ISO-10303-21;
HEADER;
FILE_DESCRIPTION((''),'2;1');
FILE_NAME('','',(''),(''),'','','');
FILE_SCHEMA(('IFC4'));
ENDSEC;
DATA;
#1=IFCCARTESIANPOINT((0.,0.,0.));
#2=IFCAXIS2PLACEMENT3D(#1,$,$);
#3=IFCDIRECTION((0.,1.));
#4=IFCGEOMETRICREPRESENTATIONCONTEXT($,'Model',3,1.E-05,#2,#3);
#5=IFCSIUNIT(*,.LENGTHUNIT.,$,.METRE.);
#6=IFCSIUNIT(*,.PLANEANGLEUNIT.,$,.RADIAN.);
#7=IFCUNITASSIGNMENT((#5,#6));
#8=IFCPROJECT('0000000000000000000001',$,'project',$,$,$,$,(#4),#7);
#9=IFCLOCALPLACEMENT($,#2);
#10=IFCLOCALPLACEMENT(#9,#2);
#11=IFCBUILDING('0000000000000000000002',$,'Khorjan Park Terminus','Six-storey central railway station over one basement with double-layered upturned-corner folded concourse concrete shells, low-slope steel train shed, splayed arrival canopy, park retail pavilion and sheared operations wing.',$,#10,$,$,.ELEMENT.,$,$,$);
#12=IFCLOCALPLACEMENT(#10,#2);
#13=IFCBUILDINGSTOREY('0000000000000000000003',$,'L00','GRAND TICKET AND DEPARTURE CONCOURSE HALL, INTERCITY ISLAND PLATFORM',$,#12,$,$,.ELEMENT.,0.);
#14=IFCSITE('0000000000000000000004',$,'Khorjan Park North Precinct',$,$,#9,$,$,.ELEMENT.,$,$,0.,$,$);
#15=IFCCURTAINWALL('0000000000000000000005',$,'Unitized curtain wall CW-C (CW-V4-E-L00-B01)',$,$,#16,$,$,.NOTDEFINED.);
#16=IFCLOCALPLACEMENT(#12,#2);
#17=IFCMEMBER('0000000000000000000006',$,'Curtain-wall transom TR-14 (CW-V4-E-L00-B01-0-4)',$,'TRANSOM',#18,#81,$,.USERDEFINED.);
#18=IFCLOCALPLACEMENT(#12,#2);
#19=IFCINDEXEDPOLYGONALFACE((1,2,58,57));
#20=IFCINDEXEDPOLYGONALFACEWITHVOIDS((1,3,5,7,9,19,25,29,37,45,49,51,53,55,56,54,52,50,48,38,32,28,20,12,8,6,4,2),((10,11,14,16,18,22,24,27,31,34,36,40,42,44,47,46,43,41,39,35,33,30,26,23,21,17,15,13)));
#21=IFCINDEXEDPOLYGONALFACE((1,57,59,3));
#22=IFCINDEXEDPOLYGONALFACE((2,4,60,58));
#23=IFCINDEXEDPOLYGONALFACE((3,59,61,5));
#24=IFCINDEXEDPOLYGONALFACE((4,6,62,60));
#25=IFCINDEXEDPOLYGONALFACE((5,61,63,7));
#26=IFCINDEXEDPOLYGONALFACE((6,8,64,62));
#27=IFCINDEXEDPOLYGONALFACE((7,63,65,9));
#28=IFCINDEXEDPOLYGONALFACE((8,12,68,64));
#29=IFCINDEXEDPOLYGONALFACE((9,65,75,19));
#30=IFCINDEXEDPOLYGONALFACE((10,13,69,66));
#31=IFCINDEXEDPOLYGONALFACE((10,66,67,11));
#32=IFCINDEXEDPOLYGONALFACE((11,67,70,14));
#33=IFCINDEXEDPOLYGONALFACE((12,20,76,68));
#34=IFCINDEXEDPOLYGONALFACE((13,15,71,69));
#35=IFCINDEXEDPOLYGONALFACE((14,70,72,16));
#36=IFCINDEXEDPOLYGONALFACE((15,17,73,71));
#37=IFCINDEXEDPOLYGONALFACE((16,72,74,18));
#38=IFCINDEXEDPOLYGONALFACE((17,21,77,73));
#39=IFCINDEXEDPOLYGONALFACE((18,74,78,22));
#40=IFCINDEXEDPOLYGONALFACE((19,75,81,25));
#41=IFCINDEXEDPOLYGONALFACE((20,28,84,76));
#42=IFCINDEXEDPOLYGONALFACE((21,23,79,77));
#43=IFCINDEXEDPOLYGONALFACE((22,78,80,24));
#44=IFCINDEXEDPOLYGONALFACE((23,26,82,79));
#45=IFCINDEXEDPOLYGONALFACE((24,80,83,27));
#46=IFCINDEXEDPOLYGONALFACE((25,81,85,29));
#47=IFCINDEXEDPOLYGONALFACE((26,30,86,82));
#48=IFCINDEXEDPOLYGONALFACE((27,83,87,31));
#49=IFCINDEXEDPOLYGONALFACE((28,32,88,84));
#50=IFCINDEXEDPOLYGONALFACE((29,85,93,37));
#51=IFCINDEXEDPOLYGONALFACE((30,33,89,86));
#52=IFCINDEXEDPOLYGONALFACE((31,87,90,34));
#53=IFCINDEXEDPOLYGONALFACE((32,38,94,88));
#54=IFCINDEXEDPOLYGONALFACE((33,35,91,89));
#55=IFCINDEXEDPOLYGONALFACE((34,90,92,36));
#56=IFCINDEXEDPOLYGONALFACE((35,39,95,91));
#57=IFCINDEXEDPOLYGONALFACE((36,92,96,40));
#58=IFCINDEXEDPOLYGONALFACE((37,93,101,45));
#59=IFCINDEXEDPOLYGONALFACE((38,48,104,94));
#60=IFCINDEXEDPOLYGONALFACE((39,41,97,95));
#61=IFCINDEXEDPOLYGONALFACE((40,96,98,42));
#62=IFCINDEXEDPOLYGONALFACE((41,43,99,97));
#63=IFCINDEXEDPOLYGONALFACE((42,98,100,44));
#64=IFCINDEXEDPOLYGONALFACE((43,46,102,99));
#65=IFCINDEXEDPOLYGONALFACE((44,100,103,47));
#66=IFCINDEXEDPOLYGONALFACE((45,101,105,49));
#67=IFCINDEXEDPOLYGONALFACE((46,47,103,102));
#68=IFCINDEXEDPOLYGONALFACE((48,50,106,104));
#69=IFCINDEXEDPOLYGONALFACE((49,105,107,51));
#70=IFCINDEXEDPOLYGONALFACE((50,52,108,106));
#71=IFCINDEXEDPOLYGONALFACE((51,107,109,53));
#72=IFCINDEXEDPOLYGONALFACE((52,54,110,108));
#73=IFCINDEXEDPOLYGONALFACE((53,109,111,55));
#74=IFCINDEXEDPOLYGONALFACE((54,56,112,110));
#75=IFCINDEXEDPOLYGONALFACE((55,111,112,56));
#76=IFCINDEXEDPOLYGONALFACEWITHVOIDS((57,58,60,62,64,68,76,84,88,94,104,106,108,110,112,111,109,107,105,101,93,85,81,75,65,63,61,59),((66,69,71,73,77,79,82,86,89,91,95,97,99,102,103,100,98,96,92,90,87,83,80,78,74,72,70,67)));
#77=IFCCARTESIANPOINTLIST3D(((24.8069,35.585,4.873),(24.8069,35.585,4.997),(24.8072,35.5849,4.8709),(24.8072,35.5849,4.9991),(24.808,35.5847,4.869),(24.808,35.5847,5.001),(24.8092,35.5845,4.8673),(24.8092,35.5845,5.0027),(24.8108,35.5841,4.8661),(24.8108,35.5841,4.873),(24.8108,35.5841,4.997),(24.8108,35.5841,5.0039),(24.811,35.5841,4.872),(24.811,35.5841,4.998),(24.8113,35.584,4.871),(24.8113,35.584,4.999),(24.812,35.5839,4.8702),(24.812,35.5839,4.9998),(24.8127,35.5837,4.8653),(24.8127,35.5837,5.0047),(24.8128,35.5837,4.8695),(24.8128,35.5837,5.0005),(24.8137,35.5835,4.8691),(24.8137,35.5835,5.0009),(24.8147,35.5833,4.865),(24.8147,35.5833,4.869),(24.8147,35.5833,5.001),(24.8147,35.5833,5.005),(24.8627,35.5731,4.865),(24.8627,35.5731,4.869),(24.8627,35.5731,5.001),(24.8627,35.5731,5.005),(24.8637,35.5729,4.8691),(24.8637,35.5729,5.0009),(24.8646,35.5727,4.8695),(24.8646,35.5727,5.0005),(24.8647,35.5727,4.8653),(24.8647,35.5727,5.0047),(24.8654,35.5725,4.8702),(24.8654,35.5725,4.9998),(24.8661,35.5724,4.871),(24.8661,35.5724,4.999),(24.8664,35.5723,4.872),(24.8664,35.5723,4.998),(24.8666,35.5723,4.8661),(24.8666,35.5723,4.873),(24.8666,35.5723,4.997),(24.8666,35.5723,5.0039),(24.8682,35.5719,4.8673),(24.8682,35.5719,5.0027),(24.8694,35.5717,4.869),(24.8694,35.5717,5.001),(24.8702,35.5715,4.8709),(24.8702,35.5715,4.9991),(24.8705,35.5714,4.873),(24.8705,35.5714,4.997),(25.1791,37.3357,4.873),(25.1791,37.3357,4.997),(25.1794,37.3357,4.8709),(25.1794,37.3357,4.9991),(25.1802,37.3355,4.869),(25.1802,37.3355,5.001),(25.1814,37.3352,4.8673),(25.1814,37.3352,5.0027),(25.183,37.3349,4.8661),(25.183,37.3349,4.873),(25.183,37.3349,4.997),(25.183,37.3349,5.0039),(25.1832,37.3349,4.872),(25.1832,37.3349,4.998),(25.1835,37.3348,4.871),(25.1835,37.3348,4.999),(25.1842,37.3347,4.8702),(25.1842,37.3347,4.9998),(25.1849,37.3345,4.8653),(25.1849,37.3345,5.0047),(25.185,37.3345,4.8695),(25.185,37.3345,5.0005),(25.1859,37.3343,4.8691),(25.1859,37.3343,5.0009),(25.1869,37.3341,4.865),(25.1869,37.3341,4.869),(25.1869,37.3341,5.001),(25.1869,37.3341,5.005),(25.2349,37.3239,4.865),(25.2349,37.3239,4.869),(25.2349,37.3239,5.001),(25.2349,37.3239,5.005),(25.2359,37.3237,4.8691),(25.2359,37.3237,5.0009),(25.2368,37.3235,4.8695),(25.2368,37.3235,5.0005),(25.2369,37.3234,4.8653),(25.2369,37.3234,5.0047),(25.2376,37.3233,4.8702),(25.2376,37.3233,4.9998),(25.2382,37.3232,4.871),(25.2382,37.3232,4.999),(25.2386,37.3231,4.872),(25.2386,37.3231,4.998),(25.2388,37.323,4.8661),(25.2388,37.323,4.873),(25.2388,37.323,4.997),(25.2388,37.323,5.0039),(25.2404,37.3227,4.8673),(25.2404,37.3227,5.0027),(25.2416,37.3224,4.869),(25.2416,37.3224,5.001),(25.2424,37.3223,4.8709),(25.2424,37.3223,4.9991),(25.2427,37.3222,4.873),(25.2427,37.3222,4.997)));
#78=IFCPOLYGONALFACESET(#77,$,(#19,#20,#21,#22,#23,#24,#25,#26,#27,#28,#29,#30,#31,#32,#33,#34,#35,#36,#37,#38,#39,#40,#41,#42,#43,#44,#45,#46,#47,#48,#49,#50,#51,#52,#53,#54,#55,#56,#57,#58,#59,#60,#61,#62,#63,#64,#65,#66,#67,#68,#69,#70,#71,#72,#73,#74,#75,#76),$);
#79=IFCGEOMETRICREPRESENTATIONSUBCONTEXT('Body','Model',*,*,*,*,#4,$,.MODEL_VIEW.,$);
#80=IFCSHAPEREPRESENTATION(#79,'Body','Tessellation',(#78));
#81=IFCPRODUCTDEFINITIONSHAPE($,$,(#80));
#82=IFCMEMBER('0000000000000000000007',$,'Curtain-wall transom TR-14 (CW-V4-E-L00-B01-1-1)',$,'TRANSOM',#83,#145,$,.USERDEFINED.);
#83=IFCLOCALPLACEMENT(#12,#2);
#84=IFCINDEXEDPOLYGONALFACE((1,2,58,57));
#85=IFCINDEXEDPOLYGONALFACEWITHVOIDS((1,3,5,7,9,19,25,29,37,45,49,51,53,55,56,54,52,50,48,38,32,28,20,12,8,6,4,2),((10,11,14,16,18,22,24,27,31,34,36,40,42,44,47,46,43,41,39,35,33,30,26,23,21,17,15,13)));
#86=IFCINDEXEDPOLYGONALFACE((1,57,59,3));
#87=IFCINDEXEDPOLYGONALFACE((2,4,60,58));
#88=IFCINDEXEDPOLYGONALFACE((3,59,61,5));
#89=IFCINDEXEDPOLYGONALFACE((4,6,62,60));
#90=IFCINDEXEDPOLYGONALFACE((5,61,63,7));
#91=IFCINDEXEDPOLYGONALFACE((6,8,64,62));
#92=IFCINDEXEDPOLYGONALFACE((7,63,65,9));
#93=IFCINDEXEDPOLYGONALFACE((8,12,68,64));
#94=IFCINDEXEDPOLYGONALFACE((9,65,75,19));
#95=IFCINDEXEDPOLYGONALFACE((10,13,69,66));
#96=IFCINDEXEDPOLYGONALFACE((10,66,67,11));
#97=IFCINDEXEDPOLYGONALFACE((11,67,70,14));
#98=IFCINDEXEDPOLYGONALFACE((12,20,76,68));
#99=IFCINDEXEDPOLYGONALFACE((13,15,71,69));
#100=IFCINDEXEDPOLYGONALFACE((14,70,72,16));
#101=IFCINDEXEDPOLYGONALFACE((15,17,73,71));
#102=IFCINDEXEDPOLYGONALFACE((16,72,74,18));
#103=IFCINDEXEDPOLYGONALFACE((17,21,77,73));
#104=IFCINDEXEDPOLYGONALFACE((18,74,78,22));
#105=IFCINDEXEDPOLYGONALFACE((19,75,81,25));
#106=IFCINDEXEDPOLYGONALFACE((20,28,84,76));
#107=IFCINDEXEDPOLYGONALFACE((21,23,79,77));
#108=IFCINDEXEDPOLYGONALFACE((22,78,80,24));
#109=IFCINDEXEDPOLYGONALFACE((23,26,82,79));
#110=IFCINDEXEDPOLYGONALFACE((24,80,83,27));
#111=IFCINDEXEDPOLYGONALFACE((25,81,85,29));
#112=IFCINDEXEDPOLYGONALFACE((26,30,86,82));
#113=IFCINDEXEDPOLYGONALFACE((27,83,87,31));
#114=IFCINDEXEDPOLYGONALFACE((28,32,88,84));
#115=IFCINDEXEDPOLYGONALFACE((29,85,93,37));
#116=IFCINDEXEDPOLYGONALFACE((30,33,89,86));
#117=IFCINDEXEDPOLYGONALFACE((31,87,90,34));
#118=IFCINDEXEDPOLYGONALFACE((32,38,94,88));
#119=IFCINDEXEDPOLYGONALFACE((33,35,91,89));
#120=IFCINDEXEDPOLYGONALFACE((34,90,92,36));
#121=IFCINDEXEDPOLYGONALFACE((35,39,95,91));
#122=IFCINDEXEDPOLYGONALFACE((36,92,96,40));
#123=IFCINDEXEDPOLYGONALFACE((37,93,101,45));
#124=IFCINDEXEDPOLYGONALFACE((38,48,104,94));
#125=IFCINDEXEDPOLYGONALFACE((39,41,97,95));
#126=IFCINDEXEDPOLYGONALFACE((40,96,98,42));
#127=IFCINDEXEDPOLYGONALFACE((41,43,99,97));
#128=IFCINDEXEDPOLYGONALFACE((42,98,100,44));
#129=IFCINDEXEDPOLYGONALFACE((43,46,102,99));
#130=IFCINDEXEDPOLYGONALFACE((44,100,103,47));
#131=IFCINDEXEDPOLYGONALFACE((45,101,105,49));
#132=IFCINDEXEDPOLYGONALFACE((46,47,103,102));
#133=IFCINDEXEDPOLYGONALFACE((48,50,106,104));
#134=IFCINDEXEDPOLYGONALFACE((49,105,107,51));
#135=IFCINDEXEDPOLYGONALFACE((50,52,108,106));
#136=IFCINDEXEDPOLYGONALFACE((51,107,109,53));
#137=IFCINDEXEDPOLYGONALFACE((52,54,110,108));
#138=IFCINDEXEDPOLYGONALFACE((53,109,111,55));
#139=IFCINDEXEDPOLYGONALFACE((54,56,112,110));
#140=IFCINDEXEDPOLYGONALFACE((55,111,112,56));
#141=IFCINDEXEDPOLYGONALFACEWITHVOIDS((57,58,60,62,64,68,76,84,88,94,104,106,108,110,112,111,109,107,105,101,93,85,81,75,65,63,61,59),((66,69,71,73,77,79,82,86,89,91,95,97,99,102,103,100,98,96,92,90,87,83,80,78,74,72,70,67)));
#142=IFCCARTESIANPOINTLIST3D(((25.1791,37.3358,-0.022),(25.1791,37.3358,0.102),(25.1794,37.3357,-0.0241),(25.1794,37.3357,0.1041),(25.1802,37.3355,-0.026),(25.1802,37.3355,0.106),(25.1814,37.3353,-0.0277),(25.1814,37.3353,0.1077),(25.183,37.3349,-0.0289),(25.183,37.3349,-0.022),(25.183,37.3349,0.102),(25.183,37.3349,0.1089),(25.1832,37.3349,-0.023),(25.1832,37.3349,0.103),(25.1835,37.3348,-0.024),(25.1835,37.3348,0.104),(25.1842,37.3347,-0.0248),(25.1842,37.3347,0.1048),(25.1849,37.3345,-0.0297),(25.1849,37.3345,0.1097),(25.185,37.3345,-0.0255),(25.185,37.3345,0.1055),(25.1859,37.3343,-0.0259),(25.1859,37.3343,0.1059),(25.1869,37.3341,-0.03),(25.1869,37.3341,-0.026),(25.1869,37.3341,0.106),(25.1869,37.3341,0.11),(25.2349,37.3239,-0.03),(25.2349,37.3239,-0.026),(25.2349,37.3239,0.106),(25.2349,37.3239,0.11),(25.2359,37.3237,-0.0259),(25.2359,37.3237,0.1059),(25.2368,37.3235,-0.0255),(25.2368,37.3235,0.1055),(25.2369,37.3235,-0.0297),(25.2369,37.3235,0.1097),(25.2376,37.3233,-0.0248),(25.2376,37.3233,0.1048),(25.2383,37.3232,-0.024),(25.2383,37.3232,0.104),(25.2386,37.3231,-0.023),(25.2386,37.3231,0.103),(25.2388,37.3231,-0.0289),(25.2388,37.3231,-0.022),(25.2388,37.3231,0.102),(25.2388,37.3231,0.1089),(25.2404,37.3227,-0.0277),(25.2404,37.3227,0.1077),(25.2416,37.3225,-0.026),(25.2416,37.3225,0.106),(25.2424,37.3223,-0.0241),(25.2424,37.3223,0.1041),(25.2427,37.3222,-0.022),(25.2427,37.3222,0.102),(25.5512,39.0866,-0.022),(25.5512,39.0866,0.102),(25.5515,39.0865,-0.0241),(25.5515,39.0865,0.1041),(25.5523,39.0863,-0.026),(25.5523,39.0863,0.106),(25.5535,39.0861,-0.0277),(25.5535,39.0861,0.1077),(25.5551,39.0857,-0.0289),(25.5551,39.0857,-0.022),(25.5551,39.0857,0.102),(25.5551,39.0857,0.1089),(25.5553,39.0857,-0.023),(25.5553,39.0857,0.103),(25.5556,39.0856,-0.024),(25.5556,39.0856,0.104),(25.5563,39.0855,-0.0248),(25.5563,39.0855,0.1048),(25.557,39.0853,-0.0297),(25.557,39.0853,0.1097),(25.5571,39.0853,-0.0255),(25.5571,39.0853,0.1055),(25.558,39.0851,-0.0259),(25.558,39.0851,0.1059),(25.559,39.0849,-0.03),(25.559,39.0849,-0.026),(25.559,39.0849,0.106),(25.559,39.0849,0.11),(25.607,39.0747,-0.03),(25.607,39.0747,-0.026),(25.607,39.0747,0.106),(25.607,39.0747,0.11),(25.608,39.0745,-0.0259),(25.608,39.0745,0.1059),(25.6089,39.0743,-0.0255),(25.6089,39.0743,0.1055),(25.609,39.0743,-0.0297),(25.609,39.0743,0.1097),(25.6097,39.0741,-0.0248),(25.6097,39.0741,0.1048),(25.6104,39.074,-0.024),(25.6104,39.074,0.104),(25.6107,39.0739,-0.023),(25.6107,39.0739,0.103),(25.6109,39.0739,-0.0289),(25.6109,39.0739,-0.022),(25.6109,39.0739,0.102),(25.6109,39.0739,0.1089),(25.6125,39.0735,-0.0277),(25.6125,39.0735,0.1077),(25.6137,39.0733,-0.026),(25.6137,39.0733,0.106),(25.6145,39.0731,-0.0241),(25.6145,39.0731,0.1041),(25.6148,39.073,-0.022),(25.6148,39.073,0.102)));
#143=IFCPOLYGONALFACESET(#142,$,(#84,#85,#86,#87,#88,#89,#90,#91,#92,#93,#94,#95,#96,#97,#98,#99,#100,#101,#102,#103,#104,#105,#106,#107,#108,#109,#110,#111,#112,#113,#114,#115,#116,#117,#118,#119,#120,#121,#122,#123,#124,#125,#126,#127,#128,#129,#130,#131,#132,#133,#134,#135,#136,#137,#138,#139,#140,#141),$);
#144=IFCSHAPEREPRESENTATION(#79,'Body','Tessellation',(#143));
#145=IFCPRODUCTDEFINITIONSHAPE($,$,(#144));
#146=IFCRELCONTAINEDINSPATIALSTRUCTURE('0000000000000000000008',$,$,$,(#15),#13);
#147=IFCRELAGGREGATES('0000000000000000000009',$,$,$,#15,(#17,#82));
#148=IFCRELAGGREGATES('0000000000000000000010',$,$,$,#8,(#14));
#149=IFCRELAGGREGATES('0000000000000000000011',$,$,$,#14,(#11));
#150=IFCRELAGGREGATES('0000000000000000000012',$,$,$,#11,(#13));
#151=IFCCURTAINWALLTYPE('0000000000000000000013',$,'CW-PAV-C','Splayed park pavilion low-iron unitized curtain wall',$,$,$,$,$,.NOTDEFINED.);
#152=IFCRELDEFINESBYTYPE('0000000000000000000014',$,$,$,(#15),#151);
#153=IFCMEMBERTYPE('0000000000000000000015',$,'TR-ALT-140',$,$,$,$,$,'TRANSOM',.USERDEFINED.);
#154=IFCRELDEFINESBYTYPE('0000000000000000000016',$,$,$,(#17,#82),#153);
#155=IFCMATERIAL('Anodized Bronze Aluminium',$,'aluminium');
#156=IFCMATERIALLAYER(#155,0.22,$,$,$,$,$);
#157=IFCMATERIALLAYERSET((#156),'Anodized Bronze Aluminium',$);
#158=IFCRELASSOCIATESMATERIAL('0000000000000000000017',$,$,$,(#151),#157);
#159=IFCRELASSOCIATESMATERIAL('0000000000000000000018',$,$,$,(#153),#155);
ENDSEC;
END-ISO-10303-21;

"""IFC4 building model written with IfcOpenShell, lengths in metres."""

from ifc_helpers import new_model, si_unit, direction, frame, origin, origin_2d, place, context, subcontext, project, spatial, hollow_rectangle, extrude, material, layer, layer_set, material_profile, profile_set, type_object, element, aggregate, save


model = new_model("IFC4")

# Units and contexts
model_context = context("Model", 3, precision=1e-05, world=origin(), true_north=direction((0.0, 1.0)))
body_context = subcontext(model_context, "Body", "Model", "MODEL_VIEW")
ifc_project = project(units=[si_unit("LENGTHUNIT", "METRE"), si_unit("PLANEANGLEUNIT", "RADIAN")], contexts=[model_context])

# Site, building, storey
site_placement = place(None, origin())
site = spatial("IfcSite", under=ifc_project, at=site_placement, Name="Khorjan Park North Precinct", CompositionType="ELEMENT", RefElevation=0.0)
building_placement = place(site_placement, origin())
building = spatial("IfcBuilding", under=site, at=building_placement, Name="Khorjan Park Terminus", Description="Six-storey central railway station over one basement with double-layered upturned-corner folded concourse concrete shells, low-slope steel train shed, splayed arrival canopy, park retail pavilion and sheared operations wing.", CompositionType="ELEMENT")
storey_placement = place(building_placement, origin())
storey = spatial("IfcBuildingStorey", under=building, at=storey_placement, Name="L00", Description="GRAND TICKET AND DEPARTURE CONCOURSE HALL, INTERCITY ISLAND PLATFORM", CompositionType="ELEMENT", Elevation=0.0)

# Curtain wall, members
ifc_material_1 = material(Name="Anodized Bronze Aluminium", Category="aluminium")
ifc_layer_1 = layer(ifc_material_1, 0.22)
ifc_layer_set_1 = layer_set([ifc_layer_1], Name="Anodized Bronze Aluminium")
curtain_wall_type = type_object("IfcCurtainWallType", Name="CW-PAV-C", Description="Splayed park pavilion low-iron unitized curtain wall", PredefinedType="NOTDEFINED", material=ifc_layer_set_1)
curtain_wall_placement = place(storey_placement, origin())
curtain_wall = element("IfcCurtainWall", 1, at=curtain_wall_placement, inside=storey, type_object=curtain_wall_type, Name="Unitized curtain wall CW-C (CW-V4-E-L00-B01)", PredefinedType="NOTDEFINED")
ifc_material_profile_1 = material_profile(ifc_material_1, hollow_rectangle(XDim=0.065, YDim=0.14, WallThickness=0.004, InnerFilletRadius=0.004, OuterFilletRadius=0.008, at=origin_2d()), Name="ALT 65x140x4")
ifc_profile_set_1 = profile_set([ifc_material_profile_1], Name="Anodized Bronze Aluminium")
member_type_1 = type_object("IfcMemberType", Name="TR-ALT-140", ElementType="TRANSOM", PredefinedType="USERDEFINED", material=ifc_profile_set_1)
member_1_placement = place(storey_placement, frame((24.8387, 35.5782, 4.935), z_axis=(0.207942, 0.978141, 0.0), x_axis=(-0.978141, 0.207942, 0.0)))
member_1 = element("IfcMember", 2, at=member_1_placement, type_object=member_type_1, Name="Curtain-wall transom TR-14 (CW-V4-E-L00-B01-0-4)", ObjectType="TRANSOM", PredefinedType="USERDEFINED", context=body_context, shape_type="SweptSolid", body=[
    extrude(hollow_rectangle(XDim=0.065, YDim=0.14, WallThickness=0.004, InnerFilletRadius=0.004, OuterFilletRadius=0.008, at=origin_2d()), origin(), (0.0, 0.0, 1.0), 1.7899),
])
member_2_placement = place(storey_placement, frame((25.2109, 37.329, 0.04), z_axis=(0.207888, 0.978153, 0.0), x_axis=(-0.978153, 0.207888, 0.0)))
member_2 = element("IfcMember", 3, at=member_2_placement, type_object=member_type_1, Name="Curtain-wall transom TR-14 (CW-V4-E-L00-B01-1-1)", ObjectType="TRANSOM", PredefinedType="USERDEFINED", context=body_context, shape_type="SweptSolid", body=[
    extrude(hollow_rectangle(XDim=0.065, YDim=0.14, WallThickness=0.004, InnerFilletRadius=0.004, OuterFilletRadius=0.008, at=origin_2d()), origin(), (0.0, 0.0, 1.0), 1.7899),
])
aggregate(curtain_wall, [member_1, member_2])

save(model, "model.ifc")
